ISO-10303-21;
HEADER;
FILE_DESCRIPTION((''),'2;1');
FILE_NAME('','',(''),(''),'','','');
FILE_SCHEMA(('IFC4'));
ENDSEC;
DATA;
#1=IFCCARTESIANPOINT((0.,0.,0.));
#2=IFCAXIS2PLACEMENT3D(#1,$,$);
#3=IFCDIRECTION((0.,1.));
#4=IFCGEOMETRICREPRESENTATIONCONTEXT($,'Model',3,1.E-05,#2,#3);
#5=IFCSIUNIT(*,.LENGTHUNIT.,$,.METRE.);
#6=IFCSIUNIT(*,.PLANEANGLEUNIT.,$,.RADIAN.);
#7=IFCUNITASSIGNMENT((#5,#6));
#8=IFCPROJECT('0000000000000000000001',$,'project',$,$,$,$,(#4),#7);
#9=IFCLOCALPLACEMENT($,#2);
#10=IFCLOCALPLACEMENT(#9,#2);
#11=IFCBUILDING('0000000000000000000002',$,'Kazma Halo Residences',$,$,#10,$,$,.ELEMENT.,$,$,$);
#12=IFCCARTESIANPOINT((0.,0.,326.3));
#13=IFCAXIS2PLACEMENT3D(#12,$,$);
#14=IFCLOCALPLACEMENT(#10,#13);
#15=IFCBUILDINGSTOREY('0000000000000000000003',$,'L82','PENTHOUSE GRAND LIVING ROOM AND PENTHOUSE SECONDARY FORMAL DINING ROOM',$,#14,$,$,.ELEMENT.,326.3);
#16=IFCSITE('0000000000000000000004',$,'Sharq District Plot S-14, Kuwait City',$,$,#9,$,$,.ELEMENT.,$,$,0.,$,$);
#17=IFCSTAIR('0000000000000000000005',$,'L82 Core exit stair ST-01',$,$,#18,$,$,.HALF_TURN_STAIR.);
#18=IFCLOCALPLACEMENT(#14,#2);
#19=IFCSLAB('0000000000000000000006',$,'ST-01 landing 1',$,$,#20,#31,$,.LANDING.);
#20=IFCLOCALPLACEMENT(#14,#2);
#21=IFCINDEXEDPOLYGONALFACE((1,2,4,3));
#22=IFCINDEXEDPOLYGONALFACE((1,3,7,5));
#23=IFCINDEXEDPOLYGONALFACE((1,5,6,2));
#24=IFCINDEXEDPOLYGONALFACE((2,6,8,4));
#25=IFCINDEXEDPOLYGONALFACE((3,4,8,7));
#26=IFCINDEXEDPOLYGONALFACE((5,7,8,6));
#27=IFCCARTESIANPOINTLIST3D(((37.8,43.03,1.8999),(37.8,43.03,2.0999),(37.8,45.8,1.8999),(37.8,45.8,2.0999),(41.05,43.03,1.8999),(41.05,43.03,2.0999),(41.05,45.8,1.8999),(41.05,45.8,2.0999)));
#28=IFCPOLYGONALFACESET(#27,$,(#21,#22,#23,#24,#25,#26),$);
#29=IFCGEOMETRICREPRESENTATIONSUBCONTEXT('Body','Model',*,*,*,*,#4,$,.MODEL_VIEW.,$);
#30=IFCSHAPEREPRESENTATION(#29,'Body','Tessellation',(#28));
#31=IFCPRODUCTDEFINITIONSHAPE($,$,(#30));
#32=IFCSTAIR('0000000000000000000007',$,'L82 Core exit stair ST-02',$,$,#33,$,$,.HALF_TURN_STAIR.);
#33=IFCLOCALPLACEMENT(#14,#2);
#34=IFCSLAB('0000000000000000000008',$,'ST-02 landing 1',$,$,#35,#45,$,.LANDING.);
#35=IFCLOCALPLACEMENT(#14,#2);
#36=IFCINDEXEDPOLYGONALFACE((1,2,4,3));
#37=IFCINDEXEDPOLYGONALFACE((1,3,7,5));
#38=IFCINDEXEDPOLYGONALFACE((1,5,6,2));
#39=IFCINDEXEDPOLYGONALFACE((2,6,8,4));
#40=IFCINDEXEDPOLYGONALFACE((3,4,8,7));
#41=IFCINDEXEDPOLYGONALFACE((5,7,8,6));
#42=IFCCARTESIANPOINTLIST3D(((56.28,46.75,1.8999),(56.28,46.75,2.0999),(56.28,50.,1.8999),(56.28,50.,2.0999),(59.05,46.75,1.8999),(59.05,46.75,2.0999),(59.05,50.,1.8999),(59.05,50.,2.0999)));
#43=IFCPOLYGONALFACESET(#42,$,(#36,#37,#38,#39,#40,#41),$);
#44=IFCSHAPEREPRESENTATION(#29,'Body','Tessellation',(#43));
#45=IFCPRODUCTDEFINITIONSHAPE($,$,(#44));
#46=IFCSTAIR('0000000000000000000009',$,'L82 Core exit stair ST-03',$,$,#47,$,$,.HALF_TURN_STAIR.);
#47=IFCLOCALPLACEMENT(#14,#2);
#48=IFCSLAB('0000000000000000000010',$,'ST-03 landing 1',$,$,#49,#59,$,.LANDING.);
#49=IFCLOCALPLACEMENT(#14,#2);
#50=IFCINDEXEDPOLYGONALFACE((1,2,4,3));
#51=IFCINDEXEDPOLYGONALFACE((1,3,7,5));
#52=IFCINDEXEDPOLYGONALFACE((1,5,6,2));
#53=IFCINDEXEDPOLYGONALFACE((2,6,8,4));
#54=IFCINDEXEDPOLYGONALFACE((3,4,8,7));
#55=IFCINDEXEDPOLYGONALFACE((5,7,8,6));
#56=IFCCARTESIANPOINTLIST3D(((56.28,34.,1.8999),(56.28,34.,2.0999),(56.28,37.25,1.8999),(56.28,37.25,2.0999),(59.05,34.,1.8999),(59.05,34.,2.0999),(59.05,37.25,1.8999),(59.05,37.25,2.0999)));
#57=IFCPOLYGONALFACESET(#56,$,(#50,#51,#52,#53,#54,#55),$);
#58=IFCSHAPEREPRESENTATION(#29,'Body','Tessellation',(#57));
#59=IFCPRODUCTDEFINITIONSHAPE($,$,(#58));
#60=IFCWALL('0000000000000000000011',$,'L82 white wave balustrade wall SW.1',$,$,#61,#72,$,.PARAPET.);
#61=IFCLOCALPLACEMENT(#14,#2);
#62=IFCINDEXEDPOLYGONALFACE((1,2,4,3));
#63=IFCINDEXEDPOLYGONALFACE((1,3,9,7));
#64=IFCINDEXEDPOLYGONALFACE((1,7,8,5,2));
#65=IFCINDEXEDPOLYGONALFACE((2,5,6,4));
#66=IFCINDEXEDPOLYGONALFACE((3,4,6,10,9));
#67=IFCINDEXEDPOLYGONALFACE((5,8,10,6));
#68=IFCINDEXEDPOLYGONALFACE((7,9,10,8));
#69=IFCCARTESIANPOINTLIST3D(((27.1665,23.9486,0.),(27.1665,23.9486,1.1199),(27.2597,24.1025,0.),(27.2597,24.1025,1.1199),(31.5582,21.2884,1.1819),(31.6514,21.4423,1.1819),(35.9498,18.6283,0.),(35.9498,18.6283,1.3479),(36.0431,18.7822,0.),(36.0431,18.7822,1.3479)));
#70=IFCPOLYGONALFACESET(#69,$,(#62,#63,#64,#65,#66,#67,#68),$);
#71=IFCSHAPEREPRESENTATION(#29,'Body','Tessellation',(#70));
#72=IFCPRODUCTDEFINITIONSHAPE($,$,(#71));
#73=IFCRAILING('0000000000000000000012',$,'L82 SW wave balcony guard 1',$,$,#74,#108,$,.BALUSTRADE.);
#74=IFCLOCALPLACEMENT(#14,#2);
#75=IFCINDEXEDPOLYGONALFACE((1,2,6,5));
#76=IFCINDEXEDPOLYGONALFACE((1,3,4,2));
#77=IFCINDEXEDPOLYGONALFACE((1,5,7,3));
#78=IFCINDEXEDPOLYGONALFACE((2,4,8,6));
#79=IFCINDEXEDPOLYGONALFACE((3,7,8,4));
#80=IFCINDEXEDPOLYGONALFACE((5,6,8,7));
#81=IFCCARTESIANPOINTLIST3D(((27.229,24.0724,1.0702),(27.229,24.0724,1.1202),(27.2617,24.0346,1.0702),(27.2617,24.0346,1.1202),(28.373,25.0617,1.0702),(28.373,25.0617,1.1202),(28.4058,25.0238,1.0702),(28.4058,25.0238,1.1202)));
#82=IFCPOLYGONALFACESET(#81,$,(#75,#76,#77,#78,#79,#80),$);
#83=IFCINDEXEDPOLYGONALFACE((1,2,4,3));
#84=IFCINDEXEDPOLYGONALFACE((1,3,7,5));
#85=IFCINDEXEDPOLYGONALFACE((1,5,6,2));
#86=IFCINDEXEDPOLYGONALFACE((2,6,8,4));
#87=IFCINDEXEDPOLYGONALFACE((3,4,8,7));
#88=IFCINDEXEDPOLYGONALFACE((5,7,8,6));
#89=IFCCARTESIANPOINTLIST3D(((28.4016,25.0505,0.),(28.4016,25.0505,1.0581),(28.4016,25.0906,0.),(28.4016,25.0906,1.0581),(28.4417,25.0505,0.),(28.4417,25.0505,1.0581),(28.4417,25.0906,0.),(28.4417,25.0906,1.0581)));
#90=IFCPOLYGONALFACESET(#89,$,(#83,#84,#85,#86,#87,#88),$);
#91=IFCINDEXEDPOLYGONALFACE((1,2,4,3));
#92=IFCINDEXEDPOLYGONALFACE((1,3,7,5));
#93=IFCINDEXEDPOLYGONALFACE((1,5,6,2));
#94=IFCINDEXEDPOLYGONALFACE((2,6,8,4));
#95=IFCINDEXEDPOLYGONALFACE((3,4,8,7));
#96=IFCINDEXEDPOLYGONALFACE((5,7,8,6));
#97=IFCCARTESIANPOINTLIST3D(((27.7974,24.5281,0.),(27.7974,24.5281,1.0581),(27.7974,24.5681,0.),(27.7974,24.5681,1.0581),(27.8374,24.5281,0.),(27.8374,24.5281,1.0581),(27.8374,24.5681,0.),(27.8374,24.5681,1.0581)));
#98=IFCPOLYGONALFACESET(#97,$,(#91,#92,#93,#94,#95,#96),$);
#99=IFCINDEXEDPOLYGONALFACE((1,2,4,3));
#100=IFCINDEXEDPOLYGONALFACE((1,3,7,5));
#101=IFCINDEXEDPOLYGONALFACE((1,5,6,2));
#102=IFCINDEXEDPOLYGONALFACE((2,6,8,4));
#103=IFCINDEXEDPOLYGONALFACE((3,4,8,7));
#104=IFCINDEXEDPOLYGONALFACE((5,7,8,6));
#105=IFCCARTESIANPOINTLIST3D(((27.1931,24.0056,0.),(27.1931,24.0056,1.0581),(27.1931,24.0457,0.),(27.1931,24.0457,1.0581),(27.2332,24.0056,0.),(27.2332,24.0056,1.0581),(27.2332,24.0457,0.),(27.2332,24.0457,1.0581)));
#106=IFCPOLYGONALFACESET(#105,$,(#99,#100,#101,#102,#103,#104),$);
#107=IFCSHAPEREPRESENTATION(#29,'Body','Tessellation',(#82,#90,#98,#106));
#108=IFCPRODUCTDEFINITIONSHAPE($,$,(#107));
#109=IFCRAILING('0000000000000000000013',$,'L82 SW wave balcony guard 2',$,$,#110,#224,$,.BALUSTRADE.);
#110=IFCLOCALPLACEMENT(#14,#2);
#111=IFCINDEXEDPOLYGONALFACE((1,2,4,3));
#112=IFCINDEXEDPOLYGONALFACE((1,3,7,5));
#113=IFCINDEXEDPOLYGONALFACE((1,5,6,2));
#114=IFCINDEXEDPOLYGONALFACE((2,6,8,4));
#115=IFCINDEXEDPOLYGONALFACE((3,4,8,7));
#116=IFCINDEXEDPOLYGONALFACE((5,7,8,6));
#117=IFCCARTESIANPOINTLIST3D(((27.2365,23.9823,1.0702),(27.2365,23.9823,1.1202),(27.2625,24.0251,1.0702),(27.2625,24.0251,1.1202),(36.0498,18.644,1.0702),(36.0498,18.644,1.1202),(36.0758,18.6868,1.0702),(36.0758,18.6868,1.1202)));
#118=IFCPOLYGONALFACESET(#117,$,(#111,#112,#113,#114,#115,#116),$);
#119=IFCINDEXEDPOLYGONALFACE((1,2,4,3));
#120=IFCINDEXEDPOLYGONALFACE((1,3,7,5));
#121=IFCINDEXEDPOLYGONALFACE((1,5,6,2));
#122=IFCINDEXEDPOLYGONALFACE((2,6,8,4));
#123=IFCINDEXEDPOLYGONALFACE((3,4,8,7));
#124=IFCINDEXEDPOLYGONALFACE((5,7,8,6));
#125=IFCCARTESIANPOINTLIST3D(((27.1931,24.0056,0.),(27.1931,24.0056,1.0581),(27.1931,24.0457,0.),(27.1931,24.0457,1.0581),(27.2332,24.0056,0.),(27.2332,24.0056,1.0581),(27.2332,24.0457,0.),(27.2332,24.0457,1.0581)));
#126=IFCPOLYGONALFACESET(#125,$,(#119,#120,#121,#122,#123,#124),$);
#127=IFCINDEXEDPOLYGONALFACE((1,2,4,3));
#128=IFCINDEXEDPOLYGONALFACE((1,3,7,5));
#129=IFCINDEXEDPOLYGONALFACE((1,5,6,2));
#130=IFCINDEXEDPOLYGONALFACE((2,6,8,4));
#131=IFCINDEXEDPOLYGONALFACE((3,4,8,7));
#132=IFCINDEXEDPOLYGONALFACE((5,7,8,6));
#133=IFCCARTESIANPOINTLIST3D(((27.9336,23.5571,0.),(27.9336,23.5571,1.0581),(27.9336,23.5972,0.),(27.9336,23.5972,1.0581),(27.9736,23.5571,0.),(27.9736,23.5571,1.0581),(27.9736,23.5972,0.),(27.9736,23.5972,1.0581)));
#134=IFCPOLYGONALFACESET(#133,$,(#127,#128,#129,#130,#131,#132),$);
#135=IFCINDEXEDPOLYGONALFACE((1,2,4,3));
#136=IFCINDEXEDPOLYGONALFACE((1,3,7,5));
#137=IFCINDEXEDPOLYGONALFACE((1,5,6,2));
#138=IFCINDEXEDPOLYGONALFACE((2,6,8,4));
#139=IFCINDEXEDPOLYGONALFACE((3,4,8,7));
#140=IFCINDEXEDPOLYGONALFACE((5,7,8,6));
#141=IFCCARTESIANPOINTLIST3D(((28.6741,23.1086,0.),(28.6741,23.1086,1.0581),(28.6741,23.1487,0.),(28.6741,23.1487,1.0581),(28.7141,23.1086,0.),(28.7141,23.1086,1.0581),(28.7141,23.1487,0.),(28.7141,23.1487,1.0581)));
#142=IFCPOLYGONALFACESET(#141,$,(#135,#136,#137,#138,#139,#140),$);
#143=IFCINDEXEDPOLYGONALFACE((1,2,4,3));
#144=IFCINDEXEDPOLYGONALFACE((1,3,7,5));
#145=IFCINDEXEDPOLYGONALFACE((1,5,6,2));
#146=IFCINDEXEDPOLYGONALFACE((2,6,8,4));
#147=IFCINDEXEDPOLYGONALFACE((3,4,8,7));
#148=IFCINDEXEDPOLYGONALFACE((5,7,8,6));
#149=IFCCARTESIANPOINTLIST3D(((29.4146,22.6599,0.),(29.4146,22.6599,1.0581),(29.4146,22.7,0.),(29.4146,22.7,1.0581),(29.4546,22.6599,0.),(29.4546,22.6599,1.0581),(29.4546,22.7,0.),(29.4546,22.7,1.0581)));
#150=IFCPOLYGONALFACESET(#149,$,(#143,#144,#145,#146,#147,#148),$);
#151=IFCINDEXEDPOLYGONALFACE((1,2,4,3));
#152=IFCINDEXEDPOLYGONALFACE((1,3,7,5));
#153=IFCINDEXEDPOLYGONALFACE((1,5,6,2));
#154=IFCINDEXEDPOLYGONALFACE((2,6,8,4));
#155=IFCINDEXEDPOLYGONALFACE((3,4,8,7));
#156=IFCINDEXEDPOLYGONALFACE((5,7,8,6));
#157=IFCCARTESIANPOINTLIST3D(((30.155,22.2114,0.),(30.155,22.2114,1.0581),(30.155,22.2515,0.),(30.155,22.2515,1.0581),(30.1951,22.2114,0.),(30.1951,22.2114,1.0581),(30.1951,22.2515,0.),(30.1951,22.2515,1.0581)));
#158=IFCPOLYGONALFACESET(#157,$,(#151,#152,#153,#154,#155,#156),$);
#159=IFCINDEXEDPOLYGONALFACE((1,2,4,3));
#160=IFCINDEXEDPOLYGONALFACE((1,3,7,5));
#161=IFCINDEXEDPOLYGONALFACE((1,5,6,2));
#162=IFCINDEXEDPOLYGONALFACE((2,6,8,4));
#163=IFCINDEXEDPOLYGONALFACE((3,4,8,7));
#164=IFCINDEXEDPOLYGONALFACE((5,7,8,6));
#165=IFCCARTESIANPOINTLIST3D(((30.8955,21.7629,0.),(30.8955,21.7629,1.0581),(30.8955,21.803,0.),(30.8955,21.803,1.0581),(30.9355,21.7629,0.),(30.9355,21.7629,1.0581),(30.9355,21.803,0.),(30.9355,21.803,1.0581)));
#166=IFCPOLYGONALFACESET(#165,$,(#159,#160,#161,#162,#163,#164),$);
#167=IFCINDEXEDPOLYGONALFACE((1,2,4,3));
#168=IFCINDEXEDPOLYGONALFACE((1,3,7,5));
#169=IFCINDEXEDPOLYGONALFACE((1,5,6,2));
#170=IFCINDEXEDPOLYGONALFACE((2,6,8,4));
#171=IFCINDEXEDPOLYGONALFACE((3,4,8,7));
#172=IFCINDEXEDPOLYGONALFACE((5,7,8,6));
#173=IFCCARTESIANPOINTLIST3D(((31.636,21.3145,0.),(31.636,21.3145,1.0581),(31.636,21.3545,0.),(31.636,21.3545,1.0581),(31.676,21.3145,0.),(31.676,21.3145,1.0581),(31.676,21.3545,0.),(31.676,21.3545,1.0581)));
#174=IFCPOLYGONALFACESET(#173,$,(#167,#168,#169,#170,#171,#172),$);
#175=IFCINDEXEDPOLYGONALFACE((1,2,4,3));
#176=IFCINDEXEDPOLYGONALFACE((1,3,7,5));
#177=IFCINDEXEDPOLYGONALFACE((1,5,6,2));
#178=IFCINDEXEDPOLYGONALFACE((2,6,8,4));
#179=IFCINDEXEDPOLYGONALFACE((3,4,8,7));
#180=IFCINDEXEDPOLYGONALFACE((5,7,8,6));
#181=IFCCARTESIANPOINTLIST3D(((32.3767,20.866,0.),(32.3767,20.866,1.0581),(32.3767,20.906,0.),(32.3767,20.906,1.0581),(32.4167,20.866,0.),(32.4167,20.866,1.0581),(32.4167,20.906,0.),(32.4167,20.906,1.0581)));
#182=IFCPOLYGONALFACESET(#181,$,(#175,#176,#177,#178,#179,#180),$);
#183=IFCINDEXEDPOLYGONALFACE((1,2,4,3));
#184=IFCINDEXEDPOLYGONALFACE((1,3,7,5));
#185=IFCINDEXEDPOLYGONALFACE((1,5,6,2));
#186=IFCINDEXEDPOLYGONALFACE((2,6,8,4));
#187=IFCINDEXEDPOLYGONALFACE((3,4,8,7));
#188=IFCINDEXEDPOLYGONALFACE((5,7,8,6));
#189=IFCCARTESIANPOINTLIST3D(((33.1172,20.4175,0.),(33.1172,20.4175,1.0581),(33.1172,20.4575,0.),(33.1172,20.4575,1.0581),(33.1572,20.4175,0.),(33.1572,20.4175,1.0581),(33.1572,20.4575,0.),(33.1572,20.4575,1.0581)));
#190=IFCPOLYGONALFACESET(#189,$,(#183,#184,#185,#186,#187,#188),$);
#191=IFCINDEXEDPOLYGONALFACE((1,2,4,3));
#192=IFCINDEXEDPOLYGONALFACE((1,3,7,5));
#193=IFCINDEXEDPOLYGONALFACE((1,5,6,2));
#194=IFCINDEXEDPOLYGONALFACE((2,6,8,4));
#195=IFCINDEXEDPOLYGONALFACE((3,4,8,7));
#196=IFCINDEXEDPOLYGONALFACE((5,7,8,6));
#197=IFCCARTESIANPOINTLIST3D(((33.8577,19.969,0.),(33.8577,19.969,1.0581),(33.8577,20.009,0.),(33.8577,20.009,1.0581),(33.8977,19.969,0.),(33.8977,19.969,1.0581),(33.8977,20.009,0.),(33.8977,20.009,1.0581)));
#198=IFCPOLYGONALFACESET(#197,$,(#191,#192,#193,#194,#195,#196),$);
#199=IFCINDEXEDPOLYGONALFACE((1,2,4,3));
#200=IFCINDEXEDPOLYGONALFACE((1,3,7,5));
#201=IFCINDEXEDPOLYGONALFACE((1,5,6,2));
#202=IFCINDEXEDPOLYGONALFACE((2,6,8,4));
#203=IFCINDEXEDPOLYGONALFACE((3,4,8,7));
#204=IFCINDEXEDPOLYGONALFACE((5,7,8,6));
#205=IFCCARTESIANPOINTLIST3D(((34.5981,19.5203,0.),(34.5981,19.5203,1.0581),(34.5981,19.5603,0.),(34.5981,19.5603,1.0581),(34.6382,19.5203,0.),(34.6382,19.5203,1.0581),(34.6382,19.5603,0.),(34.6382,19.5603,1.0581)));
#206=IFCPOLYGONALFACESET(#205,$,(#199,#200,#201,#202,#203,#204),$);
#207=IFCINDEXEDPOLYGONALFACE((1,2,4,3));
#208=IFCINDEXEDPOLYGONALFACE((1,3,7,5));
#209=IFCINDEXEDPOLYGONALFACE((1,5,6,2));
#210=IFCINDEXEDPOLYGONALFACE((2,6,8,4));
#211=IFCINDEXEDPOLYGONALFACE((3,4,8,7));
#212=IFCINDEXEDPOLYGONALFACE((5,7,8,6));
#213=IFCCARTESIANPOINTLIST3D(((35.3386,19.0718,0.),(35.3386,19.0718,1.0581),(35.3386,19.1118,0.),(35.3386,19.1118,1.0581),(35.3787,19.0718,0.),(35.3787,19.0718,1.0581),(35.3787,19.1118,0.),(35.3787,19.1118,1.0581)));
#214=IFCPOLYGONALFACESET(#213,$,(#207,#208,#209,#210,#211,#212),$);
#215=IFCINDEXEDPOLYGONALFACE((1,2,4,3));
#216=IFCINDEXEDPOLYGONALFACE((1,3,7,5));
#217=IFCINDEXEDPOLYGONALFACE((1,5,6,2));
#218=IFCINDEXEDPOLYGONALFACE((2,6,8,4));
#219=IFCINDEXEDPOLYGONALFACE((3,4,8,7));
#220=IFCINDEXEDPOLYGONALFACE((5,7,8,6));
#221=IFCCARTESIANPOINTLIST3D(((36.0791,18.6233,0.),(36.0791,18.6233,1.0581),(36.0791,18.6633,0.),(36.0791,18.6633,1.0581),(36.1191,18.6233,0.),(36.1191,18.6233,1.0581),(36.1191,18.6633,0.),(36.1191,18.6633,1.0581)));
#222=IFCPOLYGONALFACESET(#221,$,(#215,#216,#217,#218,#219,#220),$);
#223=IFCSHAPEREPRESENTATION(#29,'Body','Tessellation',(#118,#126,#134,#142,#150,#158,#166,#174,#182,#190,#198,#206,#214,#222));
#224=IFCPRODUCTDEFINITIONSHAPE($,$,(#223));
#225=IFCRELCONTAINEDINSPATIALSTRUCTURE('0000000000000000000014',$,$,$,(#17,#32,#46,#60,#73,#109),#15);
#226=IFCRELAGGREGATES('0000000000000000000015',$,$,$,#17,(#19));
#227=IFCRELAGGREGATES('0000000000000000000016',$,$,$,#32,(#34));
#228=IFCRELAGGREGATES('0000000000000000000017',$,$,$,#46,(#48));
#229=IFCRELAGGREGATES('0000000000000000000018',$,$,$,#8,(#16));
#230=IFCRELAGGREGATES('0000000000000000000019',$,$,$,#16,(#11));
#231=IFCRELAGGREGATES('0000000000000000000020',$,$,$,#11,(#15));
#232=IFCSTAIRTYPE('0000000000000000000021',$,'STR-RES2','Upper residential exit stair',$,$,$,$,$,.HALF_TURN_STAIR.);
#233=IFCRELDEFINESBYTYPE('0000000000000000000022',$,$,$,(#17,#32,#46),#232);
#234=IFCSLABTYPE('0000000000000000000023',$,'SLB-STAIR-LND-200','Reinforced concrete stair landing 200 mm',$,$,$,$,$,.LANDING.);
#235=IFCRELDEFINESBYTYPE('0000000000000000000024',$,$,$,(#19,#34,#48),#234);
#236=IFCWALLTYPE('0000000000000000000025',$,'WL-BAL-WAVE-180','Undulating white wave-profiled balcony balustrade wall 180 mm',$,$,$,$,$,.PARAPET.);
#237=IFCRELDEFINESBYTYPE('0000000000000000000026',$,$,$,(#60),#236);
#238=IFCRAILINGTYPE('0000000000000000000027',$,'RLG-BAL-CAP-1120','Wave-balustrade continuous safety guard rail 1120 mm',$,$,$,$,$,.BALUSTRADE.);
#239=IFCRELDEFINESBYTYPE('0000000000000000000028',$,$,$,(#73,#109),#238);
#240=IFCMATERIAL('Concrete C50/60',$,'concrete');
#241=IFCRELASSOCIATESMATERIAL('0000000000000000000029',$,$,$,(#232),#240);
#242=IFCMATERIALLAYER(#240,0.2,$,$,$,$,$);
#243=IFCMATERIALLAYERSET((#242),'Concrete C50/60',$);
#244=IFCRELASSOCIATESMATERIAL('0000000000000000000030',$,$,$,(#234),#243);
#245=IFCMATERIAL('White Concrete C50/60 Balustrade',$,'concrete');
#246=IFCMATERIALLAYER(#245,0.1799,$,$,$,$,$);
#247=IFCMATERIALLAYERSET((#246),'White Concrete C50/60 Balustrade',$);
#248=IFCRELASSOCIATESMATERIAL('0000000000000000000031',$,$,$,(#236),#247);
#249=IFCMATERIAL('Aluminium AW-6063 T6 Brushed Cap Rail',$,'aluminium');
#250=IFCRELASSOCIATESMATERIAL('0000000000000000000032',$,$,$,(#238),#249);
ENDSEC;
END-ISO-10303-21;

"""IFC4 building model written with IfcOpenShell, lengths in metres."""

from ifc_helpers import new_model, si_unit, direction, frame, origin, origin_2d, place, context, subcontext, project, spatial, polyline, rectangle, outline, extrude, material, layer, layer_set, type_object, element, aggregate, save


model = new_model("IFC4")

# Units and contexts
model_context = context("Model", 3, precision=1e-05, world=origin(), true_north=direction((0.0, 1.0)))
body_context = subcontext(model_context, "Body", "Model", "MODEL_VIEW")
ifc_project = project(units=[si_unit("LENGTHUNIT", "METRE"), si_unit("PLANEANGLEUNIT", "RADIAN")], contexts=[model_context])

# Site, building, storey
site_placement = place(None, origin())
site = spatial("IfcSite", under=ifc_project, at=site_placement, Name="Sharq District Plot S-14, Kuwait City", CompositionType="ELEMENT", RefElevation=0.0)
building_placement = place(site_placement, origin())
building = spatial("IfcBuilding", under=site, at=building_placement, Name="Kazma Halo Residences", CompositionType="ELEMENT")
storey_placement = place(building_placement, frame((0.0, 0.0, 326.3)))
storey = spatial("IfcBuildingStorey", under=building, at=storey_placement, Name="L82", Description="PENTHOUSE GRAND LIVING ROOM AND PENTHOUSE SECONDARY FORMAL DINING ROOM", CompositionType="ELEMENT", Elevation=326.3)

# Shared definitions
ifc_material_1 = material(Name="Concrete C50/60", Category="concrete")

# Stairs, slabs
stair_type = type_object("IfcStairType", Name="STR-RES2", Description="Upper residential exit stair", PredefinedType="HALF_TURN_STAIR", material=ifc_material_1)
stair_1_placement = place(storey_placement, origin())
stair_1 = element("IfcStair", 1, at=stair_1_placement, inside=storey, type_object=stair_type, Name="L82 Core exit stair ST-01", PredefinedType="HALF_TURN_STAIR")
ifc_layer_1 = layer(ifc_material_1, 0.2)
ifc_layer_set_1 = layer_set([ifc_layer_1], Name="Concrete C50/60")
slab_type_1 = type_object("IfcSlabType", Name="SLB-STAIR-LND-200", Description="Reinforced concrete stair landing 200 mm", PredefinedType="LANDING", material=ifc_layer_set_1)
slab_1_placement = place(storey_placement, frame((0.0, 0.0, 1.8999)))
slab_1 = element("IfcSlab", 2, at=slab_1_placement, type_object=slab_type_1, Name="ST-01 landing 1", PredefinedType="LANDING", context=body_context, shape_type="SweptSolid", body=[
    extrude(outline(polyline([(41.05, 43.03), (41.05, 45.8), (37.8, 45.8), (37.8, 43.03), (41.05, 43.03)])), origin(), (0.0, 0.0, 1.0), 0.2),
])
aggregate(stair_1, [slab_1])
stair_2_placement = place(storey_placement, origin())
stair_2 = element("IfcStair", 3, at=stair_2_placement, inside=storey, type_object=stair_type, Name="L82 Core exit stair ST-02", PredefinedType="HALF_TURN_STAIR")
slab_2_placement = place(storey_placement, frame((0.0, 0.0, 1.8999)))
slab_2 = element("IfcSlab", 4, at=slab_2_placement, type_object=slab_type_1, Name="ST-02 landing 1", PredefinedType="LANDING", context=body_context, shape_type="SweptSolid", body=[
    extrude(outline(polyline([(56.28, 46.75), (59.05, 46.75), (59.05, 50.0), (56.28, 50.0), (56.28, 46.75)])), origin(), (0.0, 0.0, 1.0), 0.2),
])
aggregate(stair_2, [slab_2])
stair_3_placement = place(storey_placement, origin())
stair_3 = element("IfcStair", 5, at=stair_3_placement, inside=storey, type_object=stair_type, Name="L82 Core exit stair ST-03", PredefinedType="HALF_TURN_STAIR")
slab_3_placement = place(storey_placement, frame((0.0, 0.0, 1.8999)))
slab_3 = element("IfcSlab", 6, at=slab_3_placement, type_object=slab_type_1, Name="ST-03 landing 1", PredefinedType="LANDING", context=body_context, shape_type="SweptSolid", body=[
    extrude(outline(polyline([(56.28, 34.0), (59.05, 34.0), (59.05, 37.25), (56.28, 37.25), (56.28, 34.0)])), origin(), (0.0, 0.0, 1.0), 0.2),
])
aggregate(stair_3, [slab_3])

# Wall
ifc_material_2 = material(Name="White Concrete C50/60 Balustrade", Category="concrete")
ifc_layer_2 = layer(ifc_material_2, 0.1799)
ifc_layer_set_2 = layer_set([ifc_layer_2], Name="White Concrete C50/60 Balustrade")
wall_type_1 = type_object("IfcWallType", Name="WL-BAL-WAVE-180", Description="Undulating white wave-profiled balcony balustrade wall 180 mm", PredefinedType="PARAPET", material=ifc_layer_set_2)
wall_1_placement = place(storey_placement, frame((27.2131, 24.0256, 0.0), z_axis=(0.0, 0.0, 1.0), x_axis=(0.855327, -0.518089, 0.0)))
element("IfcWall", 7, at=wall_1_placement, inside=storey, type_object=wall_type_1, Name="L82 white wave balustrade wall SW.1", PredefinedType="PARAPET", context=body_context, shape_type="SweptSolid", body=[
    extrude(outline(polyline([(0.0, 0.0), (10.269, 0.0), (10.269, 1.3479), (5.1345, 1.1819), (0.0, 1.1199), (0.0, 0.0)])), frame((0.0, 0.0898, 0.0), z_axis=(0.0, -1.0, 0.0), x_axis=(1.0, 0.0, 0.0)), (0.0, 0.0, 1.0), 0.1799),
])

# Railings
ifc_material_3 = material(Name="Aluminium AW-6063 T6 Brushed Cap Rail", Category="aluminium")
railing_type = type_object("IfcRailingType", Name="RLG-BAL-CAP-1120", Description="Wave-balustrade continuous safety guard rail 1120 mm", PredefinedType="BALUSTRADE", material=ifc_material_3)
railing_1_placement = place(storey_placement, frame((28.4216, 25.0706, 0.0)))
element("IfcRailing", 8, at=railing_1_placement, inside=storey, type_object=railing_type, Name="L82 SW wave balcony guard 1", PredefinedType="BALUSTRADE", context=body_context, shape_type="SweptSolid", body=[
    extrude(rectangle(XDim=0.05, YDim=0.05, at=origin_2d()), frame((-0.0322, -0.0278, 1.0952), z_axis=(-0.756445, -0.654057, 0.0), x_axis=(0.654057, -0.756445, 0.0)), (0.0, 0.0, 1.0), 1.5125),
    extrude(rectangle(XDim=0.04, YDim=0.04, at=origin_2d()), origin(), (0.0, 0.0, 1.0), 1.0581),
    extrude(rectangle(XDim=0.04, YDim=0.04, at=origin_2d()), frame((-0.6042, -0.5225, 0.0)), (0.0, 0.0, 1.0), 1.0581),
    extrude(rectangle(XDim=0.04, YDim=0.04, at=origin_2d()), frame((-1.2085, -1.0449, 0.0)), (0.0, 0.0, 1.0), 1.0581),
])
railing_2_placement = place(storey_placement, frame((27.2131, 24.0256, 0.0)))
element("IfcRailing", 9, at=railing_2_placement, inside=storey, type_object=railing_type, Name="L82 SW wave balcony guard 2", PredefinedType="BALUSTRADE", context=body_context, shape_type="SweptSolid", body=[
    extrude(rectangle(XDim=0.05, YDim=0.05, at=origin_2d()), frame((0.0364, -0.022, 1.0952), z_axis=(0.855331, -0.518082, 0.0), x_axis=(0.518082, 0.855331, 0.0)), (0.0, 0.0, 1.0), 10.304),
    extrude(rectangle(XDim=0.04, YDim=0.04, at=origin_2d()), origin(), (0.0, 0.0, 1.0), 1.0581),
    extrude(rectangle(XDim=0.04, YDim=0.04, at=origin_2d()), frame((0.7405, -0.4485, 0.0)), (0.0, 0.0, 1.0), 1.0581),
    extrude(rectangle(XDim=0.04, YDim=0.04, at=origin_2d()), frame((1.481, -0.897, 0.0)), (0.0, 0.0, 1.0), 1.0581),
    extrude(rectangle(XDim=0.04, YDim=0.04, at=origin_2d()), frame((2.2214, -1.3457, 0.0)), (0.0, 0.0, 1.0), 1.0581),
    extrude(rectangle(XDim=0.04, YDim=0.04, at=origin_2d()), frame((2.9619, -1.7942, 0.0)), (0.0, 0.0, 1.0), 1.0581),
    extrude(rectangle(XDim=0.04, YDim=0.04, at=origin_2d()), frame((3.7024, -2.2427, 0.0)), (0.0, 0.0, 1.0), 1.0581),
    extrude(rectangle(XDim=0.04, YDim=0.04, at=origin_2d()), frame((4.4429, -2.6912, 0.0)), (0.0, 0.0, 1.0), 1.0581),
    extrude(rectangle(XDim=0.04, YDim=0.04, at=origin_2d()), frame((5.1836, -3.1396, 0.0)), (0.0, 0.0, 1.0), 1.0581),
    extrude(rectangle(XDim=0.04, YDim=0.04, at=origin_2d()), frame((5.9241, -3.5881, 0.0)), (0.0, 0.0, 1.0), 1.0581),
    extrude(rectangle(XDim=0.04, YDim=0.04, at=origin_2d()), frame((6.6646, -4.0366, 0.0)), (0.0, 0.0, 1.0), 1.0581),
    extrude(rectangle(XDim=0.04, YDim=0.04, at=origin_2d()), frame((7.405, -4.4854, 0.0)), (0.0, 0.0, 1.0), 1.0581),
    extrude(rectangle(XDim=0.04, YDim=0.04, at=origin_2d()), frame((8.1455, -4.9338, 0.0)), (0.0, 0.0, 1.0), 1.0581),
    extrude(rectangle(XDim=0.04, YDim=0.04, at=origin_2d()), frame((8.886, -5.3823, 0.0)), (0.0, 0.0, 1.0), 1.0581),
])

save(model, "model.ifc")
